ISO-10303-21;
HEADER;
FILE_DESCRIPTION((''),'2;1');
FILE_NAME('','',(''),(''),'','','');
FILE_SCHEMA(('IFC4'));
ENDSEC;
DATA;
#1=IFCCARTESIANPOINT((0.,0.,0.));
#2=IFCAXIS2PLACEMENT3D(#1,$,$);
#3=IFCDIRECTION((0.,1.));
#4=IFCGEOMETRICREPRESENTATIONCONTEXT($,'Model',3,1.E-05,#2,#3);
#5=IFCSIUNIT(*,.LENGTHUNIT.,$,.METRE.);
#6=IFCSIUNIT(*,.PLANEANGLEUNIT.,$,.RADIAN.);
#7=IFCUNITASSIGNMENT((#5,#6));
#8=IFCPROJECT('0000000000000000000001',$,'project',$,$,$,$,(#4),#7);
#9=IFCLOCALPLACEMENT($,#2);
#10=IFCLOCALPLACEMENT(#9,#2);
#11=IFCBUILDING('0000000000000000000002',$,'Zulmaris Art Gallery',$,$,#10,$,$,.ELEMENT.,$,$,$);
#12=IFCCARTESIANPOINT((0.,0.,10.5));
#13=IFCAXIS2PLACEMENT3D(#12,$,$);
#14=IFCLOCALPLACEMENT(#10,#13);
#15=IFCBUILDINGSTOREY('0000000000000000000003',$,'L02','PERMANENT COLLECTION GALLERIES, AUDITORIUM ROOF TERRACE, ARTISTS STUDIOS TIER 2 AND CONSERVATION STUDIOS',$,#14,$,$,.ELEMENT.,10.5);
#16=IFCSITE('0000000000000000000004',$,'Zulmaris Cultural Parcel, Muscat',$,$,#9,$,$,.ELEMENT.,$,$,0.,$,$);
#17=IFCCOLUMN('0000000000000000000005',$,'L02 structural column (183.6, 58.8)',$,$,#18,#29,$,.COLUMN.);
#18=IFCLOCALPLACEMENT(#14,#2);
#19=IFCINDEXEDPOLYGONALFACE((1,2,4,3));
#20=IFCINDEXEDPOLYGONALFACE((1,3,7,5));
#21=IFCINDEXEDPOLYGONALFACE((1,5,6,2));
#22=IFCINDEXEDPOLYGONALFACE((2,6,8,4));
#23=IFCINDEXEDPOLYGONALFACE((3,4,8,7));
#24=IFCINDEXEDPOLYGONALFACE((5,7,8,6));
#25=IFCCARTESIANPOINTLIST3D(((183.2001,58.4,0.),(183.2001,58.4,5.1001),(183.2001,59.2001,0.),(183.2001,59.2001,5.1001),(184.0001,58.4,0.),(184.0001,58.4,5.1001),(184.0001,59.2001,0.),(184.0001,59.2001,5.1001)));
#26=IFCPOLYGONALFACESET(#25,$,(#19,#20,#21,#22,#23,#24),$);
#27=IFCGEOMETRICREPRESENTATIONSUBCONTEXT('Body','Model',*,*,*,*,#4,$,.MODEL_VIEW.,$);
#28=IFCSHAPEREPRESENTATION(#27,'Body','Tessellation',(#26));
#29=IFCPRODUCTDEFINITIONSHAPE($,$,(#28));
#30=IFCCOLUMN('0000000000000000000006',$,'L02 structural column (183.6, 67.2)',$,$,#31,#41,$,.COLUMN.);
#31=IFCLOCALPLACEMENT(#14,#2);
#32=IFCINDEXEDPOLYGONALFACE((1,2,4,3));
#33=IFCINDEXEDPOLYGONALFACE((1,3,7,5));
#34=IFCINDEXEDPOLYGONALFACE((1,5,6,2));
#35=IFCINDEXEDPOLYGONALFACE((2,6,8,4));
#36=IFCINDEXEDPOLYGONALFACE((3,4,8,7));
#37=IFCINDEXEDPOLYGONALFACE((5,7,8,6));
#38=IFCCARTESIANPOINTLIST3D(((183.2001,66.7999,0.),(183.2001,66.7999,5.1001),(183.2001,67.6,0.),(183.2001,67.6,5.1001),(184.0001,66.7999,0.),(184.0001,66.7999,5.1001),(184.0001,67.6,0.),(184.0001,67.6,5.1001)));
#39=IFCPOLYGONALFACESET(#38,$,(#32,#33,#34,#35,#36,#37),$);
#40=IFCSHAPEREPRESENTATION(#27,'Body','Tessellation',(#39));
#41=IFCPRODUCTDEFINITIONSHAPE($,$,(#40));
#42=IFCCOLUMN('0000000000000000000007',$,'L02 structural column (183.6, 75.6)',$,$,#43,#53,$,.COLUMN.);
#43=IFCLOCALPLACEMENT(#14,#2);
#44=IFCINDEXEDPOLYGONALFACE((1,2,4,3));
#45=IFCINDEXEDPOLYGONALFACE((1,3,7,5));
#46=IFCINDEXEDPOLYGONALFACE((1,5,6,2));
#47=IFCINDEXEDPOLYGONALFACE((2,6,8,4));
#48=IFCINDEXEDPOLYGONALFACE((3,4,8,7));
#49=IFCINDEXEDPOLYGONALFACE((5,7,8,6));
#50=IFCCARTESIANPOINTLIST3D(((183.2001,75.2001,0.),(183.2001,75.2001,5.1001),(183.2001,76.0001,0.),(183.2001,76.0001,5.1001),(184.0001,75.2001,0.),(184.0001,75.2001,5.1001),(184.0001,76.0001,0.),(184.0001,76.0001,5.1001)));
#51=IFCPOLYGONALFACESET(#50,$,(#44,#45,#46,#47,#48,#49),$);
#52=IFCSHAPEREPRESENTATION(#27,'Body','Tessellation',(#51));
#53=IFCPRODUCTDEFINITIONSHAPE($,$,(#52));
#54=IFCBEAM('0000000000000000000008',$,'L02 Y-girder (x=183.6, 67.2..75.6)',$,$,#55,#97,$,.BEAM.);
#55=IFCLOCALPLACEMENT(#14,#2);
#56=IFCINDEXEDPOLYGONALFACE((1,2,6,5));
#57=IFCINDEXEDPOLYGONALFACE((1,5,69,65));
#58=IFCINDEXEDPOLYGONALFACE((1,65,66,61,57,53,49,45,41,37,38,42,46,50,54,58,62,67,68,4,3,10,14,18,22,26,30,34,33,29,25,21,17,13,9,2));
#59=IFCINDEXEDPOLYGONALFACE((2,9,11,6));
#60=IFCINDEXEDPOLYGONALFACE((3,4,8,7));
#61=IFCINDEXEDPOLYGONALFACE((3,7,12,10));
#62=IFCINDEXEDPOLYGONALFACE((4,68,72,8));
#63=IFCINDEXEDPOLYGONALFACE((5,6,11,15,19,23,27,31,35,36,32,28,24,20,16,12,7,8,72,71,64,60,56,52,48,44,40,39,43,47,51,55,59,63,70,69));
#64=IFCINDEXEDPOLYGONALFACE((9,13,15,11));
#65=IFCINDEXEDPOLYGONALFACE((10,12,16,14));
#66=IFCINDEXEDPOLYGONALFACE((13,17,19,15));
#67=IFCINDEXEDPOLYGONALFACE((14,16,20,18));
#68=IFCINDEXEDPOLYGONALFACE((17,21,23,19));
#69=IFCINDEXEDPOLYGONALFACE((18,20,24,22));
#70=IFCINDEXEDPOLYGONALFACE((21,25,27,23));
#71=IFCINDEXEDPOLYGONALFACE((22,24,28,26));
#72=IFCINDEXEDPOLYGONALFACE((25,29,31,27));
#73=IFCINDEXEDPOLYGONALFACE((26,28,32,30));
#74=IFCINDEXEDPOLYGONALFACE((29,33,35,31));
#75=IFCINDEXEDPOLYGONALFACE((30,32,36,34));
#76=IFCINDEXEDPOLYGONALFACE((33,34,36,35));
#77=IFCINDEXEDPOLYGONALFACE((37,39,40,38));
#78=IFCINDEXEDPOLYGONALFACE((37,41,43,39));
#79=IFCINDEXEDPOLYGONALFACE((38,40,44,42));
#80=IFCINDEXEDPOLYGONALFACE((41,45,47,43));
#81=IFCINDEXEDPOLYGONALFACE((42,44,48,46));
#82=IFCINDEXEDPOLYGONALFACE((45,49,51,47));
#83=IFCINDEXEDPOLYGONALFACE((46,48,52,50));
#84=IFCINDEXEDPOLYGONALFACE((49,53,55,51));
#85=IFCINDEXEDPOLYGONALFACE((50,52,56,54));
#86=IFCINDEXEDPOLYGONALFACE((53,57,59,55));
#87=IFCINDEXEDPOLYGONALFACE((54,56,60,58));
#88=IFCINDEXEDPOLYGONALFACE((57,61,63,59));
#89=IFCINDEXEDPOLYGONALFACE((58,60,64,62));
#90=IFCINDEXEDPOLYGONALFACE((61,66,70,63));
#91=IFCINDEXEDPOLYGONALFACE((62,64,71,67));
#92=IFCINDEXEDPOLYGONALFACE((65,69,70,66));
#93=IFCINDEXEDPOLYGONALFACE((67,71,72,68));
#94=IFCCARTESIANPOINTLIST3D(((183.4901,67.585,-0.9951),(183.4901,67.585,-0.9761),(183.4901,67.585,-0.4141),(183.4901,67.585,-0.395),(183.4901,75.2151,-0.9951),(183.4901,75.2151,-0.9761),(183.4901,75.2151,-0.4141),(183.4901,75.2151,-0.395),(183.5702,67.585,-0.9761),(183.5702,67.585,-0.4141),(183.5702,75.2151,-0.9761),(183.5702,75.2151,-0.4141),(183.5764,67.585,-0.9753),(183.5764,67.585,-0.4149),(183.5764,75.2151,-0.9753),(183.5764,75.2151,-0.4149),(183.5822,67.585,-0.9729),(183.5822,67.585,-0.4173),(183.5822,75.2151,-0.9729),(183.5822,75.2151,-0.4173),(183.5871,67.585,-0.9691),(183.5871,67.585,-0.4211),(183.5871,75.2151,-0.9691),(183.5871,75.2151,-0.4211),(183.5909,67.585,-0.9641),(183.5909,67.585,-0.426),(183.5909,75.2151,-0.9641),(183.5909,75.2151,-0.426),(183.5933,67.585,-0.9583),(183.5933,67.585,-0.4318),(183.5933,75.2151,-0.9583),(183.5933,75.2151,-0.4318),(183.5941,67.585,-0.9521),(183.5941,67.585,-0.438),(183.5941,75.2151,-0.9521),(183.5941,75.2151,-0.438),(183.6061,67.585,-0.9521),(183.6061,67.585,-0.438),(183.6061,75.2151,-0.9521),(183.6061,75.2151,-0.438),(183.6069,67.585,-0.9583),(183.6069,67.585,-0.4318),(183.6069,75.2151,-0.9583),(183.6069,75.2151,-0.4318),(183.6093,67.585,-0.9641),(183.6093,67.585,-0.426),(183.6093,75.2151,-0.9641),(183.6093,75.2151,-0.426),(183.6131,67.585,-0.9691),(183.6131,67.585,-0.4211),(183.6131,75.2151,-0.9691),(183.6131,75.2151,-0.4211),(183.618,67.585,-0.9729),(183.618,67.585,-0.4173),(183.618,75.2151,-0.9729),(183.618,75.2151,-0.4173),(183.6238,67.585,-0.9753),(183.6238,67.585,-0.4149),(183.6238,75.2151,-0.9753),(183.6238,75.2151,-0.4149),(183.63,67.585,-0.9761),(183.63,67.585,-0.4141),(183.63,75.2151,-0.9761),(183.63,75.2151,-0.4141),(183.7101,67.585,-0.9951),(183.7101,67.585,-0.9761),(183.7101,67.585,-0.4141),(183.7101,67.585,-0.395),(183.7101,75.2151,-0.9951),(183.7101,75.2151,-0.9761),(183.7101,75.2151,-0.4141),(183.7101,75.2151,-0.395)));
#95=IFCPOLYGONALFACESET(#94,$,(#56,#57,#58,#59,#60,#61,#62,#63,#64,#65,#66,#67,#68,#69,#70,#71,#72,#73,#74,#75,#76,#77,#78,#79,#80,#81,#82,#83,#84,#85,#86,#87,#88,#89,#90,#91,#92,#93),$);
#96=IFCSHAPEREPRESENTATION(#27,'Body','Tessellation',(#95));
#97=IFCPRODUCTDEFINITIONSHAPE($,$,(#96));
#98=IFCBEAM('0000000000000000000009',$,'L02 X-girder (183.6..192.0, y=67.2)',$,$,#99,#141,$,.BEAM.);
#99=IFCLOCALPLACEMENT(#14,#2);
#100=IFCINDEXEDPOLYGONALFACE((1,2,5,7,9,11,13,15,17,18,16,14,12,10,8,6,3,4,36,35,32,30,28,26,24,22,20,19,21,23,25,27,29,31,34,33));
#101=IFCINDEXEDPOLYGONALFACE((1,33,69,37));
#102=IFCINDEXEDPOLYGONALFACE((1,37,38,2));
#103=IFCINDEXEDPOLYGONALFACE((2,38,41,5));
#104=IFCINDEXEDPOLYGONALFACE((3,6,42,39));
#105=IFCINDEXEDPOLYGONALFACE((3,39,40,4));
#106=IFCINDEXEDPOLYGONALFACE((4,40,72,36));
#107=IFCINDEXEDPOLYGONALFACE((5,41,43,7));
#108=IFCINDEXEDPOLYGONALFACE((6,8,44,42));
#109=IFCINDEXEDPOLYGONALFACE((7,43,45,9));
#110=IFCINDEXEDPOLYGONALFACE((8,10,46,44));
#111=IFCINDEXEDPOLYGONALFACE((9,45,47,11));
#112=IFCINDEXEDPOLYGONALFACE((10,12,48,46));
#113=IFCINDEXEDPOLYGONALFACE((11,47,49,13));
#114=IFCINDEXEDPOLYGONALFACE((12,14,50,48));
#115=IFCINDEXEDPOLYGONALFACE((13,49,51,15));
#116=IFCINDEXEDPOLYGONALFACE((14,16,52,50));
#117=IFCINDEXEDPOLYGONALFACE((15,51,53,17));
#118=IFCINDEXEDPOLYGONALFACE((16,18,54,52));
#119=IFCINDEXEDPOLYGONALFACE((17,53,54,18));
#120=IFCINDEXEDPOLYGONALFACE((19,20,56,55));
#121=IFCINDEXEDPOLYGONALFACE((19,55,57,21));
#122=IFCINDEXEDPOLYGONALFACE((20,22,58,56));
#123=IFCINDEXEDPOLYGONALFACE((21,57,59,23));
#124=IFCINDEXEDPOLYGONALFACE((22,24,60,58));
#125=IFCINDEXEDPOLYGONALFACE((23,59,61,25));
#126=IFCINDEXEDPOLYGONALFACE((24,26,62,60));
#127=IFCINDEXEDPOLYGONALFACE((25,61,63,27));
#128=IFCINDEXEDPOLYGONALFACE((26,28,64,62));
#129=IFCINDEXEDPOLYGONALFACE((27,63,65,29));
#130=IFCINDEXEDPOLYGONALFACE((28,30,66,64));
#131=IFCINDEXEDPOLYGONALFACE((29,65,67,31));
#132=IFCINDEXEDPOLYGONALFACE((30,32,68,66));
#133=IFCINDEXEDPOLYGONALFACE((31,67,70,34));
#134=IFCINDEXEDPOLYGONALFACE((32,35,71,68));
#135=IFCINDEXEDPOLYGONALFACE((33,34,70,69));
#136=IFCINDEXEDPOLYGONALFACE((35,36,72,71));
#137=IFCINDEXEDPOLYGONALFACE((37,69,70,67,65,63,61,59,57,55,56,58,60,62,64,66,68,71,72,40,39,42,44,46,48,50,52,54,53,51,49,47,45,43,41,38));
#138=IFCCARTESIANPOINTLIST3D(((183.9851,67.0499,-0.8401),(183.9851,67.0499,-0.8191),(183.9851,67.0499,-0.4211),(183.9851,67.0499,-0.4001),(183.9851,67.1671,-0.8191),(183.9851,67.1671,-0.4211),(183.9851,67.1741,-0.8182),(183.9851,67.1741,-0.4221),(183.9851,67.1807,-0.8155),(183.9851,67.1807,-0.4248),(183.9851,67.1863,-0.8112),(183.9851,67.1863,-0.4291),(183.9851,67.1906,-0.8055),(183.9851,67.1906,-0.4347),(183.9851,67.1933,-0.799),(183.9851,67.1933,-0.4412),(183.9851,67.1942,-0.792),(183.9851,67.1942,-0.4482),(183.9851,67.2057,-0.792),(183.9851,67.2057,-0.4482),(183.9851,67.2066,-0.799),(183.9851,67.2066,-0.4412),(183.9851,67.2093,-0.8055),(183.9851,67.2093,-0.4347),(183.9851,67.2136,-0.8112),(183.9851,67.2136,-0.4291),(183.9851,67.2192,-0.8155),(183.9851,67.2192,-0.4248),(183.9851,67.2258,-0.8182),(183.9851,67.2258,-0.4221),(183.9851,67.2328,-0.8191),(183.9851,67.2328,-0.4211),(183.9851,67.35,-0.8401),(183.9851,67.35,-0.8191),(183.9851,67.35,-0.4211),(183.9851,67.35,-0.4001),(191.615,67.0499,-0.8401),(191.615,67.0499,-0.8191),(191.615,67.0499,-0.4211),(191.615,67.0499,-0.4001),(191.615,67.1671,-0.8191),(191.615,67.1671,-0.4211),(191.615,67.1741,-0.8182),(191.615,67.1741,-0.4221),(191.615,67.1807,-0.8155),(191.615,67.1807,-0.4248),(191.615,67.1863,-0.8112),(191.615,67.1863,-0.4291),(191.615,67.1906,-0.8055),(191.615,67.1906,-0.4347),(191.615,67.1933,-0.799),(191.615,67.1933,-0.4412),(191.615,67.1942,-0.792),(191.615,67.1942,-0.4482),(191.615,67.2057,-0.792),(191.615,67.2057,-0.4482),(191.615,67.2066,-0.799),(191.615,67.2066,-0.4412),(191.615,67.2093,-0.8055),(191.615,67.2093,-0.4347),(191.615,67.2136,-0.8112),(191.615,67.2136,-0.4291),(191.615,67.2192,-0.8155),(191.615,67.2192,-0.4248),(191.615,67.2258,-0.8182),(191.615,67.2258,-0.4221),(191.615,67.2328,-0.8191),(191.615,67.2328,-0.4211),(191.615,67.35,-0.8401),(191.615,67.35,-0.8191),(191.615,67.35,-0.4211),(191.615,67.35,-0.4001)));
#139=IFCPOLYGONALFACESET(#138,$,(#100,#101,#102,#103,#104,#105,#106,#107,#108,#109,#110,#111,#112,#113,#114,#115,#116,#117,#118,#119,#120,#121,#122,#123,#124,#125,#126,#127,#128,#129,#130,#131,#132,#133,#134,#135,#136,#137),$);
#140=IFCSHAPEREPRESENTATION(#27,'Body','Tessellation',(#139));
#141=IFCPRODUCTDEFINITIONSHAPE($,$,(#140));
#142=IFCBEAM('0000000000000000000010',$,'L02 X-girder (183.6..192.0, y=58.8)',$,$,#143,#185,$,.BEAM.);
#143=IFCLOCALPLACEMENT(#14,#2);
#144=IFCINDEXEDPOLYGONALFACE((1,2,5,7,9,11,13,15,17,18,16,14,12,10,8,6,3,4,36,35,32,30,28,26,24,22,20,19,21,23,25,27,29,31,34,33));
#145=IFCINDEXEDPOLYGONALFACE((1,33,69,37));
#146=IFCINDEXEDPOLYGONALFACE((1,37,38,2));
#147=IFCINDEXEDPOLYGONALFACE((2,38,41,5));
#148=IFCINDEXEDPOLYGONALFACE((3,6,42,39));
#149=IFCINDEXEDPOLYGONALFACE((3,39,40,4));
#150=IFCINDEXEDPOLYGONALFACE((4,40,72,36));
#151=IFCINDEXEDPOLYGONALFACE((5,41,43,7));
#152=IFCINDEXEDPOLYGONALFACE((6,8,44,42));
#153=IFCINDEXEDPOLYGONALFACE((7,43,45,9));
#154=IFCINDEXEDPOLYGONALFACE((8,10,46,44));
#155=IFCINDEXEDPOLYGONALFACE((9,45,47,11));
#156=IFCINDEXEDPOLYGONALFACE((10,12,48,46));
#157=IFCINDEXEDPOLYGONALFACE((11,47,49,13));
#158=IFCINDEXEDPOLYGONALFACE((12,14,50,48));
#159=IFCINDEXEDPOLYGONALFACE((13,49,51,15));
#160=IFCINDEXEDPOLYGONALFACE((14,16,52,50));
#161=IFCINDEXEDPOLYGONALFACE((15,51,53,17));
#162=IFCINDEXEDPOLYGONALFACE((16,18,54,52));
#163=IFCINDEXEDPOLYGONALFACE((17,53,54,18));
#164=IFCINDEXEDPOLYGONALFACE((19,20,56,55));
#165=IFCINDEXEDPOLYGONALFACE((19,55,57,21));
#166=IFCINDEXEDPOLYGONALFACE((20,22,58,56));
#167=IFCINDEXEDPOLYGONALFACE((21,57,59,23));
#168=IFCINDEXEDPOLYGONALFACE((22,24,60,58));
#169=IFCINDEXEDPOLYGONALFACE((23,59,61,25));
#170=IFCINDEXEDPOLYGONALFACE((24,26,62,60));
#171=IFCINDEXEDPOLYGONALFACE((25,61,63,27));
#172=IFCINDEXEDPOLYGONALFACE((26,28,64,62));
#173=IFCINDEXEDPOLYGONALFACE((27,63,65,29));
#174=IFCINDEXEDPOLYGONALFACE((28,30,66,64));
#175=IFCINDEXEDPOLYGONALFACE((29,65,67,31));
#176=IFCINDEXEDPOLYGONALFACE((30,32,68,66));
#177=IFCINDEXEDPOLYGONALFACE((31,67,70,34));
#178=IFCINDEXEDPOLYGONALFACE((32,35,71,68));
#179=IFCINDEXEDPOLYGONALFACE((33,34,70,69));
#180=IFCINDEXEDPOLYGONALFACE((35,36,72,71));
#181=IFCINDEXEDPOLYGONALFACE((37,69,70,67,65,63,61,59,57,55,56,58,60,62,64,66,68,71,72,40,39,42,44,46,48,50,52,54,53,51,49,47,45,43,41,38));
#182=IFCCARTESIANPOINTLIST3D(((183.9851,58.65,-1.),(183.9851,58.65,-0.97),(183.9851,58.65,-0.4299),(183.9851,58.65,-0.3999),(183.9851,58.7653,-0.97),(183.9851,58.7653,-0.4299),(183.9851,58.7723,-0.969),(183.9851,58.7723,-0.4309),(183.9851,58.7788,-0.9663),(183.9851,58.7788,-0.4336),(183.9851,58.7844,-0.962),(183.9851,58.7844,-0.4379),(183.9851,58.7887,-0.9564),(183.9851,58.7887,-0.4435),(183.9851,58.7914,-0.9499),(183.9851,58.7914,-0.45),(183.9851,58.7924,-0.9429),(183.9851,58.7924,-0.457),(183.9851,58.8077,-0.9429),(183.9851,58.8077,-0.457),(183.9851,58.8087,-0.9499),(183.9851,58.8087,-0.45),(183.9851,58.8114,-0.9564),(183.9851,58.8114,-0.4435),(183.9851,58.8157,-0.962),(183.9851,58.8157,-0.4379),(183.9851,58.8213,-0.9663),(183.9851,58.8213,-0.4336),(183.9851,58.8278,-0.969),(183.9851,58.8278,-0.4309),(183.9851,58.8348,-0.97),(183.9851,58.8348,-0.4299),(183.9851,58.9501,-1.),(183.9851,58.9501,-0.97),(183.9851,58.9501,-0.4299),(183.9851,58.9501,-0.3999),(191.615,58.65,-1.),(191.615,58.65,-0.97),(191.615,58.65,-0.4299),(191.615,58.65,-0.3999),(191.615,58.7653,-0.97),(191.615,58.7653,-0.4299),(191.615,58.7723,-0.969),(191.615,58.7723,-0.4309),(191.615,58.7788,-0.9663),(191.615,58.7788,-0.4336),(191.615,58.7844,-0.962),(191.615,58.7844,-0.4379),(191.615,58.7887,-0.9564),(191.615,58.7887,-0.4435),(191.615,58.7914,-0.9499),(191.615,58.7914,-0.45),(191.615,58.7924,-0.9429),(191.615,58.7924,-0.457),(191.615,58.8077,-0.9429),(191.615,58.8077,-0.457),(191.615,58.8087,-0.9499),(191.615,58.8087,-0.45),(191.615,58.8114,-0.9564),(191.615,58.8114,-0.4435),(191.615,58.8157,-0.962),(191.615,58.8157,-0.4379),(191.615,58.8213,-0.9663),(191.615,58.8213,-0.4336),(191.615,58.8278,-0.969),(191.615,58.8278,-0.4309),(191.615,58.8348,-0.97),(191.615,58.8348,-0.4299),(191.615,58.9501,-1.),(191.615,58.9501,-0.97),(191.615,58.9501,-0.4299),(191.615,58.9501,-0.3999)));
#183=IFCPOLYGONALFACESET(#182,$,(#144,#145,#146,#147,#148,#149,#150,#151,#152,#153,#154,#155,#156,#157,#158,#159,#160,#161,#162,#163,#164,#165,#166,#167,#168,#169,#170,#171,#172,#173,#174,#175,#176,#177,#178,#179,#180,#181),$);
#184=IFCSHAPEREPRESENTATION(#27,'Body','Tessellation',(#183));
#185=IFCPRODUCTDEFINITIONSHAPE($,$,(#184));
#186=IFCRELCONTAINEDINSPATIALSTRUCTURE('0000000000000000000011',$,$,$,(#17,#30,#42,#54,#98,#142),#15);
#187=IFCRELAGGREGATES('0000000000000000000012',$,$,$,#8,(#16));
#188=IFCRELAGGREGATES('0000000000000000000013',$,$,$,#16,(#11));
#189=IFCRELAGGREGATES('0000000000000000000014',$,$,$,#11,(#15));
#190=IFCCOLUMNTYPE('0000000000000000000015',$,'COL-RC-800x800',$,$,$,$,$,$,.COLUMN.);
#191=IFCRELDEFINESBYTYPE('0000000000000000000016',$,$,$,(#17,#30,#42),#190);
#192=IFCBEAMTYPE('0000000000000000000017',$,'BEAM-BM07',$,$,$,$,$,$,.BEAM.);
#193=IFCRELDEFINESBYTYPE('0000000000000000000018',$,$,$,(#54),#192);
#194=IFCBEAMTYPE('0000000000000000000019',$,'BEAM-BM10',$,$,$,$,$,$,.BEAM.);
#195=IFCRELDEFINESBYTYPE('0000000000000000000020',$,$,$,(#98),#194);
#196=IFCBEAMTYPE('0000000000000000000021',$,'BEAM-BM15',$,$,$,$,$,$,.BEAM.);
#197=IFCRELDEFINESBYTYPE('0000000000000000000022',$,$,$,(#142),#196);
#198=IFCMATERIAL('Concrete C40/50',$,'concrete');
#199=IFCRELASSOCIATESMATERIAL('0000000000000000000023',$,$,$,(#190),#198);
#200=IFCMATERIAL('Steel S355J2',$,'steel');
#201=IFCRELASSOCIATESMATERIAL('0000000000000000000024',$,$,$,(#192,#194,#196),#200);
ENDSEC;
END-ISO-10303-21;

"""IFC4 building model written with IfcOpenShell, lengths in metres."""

from ifc_helpers import new_model, si_unit, direction, frame, origin, origin_2d, place, context, subcontext, project, spatial, rectangle, i_section, extrude, material, material_profile, profile_set, type_object, element, save


model = new_model("IFC4")

# Units and contexts
model_context = context("Model", 3, precision=1e-05, world=origin(), true_north=direction((0.0, 1.0)))
body_context = subcontext(model_context, "Body", "Model", "MODEL_VIEW")
ifc_project = project(units=[si_unit("LENGTHUNIT", "METRE"), si_unit("PLANEANGLEUNIT", "RADIAN")], contexts=[model_context])

# Site, building, storey
site_placement = place(None, origin())
site = spatial("IfcSite", under=ifc_project, at=site_placement, Name="Zulmaris Cultural Parcel, Muscat", CompositionType="ELEMENT", RefElevation=0.0)
building_placement = place(site_placement, origin())
building = spatial("IfcBuilding", under=site, at=building_placement, Name="Zulmaris Art Gallery", CompositionType="ELEMENT")
storey_placement = place(building_placement, frame((0.0, 0.0, 10.5)))
storey = spatial("IfcBuildingStorey", under=building, at=storey_placement, Name="L02", Description="PERMANENT COLLECTION GALLERIES, AUDITORIUM ROOF TERRACE, ARTISTS STUDIOS TIER 2 AND CONSERVATION STUDIOS", CompositionType="ELEMENT", Elevation=10.5)

# Columns
ifc_material_1 = material(Name="Concrete C40/50", Category="concrete")
ifc_material_profile_1 = material_profile(ifc_material_1, rectangle(XDim=0.8, YDim=0.8, at=origin_2d()), Name="RC 800x800")
ifc_profile_set_1 = profile_set([ifc_material_profile_1], Name="Concrete C40/50")
column_type = type_object("IfcColumnType", Name="COL-RC-800x800", PredefinedType="COLUMN", material=ifc_profile_set_1)
for number, where, z_axis, x_axis, name in (
    (1, (183.6001, 58.8, 0.0), (0.0, 0.0, 1.0), (1.0, 0.0, 0.0), "L02 structural column (183.6, 58.8)"),
    (2, (183.6001, 67.2, 0.0), (0.0, 0.0, 1.0), (1.0, 0.0, 0.0), "L02 structural column (183.6, 67.2)"),
    (3, (183.6001, 75.6001, 0.0), (0.0, 0.0, 1.0), (1.0, 0.0, 0.0), "L02 structural column (183.6, 75.6)"),
):
    element("IfcColumn", number, at=place(storey_placement, frame(where, z_axis=z_axis, x_axis=x_axis)), inside=storey, type_object=column_type, Name=name, PredefinedType="COLUMN", context=body_context, shape_type="SweptSolid", body=[
        extrude(rectangle(XDim=0.8, YDim=0.8, at=origin_2d()), origin(), (0.0, 0.0, 1.0), 5.1001),
    ])

# Beams
ifc_material_2 = material(Name="Steel S355J2", Category="steel")
ifc_material_profile_2 = material_profile(ifc_material_2, i_section(OverallWidth=0.22, OverallDepth=0.6001, WebThickness=0.012, FlangeThickness=0.019, FilletRadius=0.0239, at=origin_2d()), Name="IPE 600")
ifc_profile_set_2 = profile_set([ifc_material_profile_2], Name="Steel S355J2")
beam_type_1 = type_object("IfcBeamType", Name="BEAM-BM07", PredefinedType="BEAM", material=ifc_profile_set_2)
beam_1_placement = place(storey_placement, frame((183.6001, 67.585, -0.6951), z_axis=(0.0, 1.0, 0.0), x_axis=(-1.0, 0.0, 0.0)))
element("IfcBeam", 4, at=beam_1_placement, inside=storey, type_object=beam_type_1, Name="L02 Y-girder (x=183.6, 67.2..75.6)", PredefinedType="BEAM", context=body_context, shape_type="SweptSolid", body=[
    extrude(i_section(OverallWidth=0.22, OverallDepth=0.6001, WebThickness=0.012, FlangeThickness=0.019, FilletRadius=0.0239, at=origin_2d()), origin(), (0.0, 0.0, 1.0), 7.6301),
])
ifc_material_profile_3 = material_profile(ifc_material_2, i_section(OverallWidth=0.3, OverallDepth=0.4399, WebThickness=0.0115, FlangeThickness=0.021, FilletRadius=0.0271, at=origin_2d()), Name="HEA 450")
ifc_profile_set_3 = profile_set([ifc_material_profile_3], Name="Steel S355J2")
beam_type_2 = type_object("IfcBeamType", Name="BEAM-BM10", PredefinedType="BEAM", material=ifc_profile_set_3)
beam_2_placement = place(storey_placement, frame((183.9851, 67.2, -0.6201), z_axis=(1.0, 0.0, 0.0), x_axis=(0.0, 1.0, 0.0)))
element("IfcBeam", 5, at=beam_2_placement, inside=storey, type_object=beam_type_2, Name="L02 X-girder (183.6..192.0, y=67.2)", PredefinedType="BEAM", context=body_context, shape_type="SweptSolid", body=[
    extrude(i_section(OverallWidth=0.3, OverallDepth=0.4399, WebThickness=0.0115, FlangeThickness=0.021, FilletRadius=0.0271, at=origin_2d()), origin(), (0.0, 0.0, 1.0), 7.6299),
])
ifc_material_profile_4 = material_profile(ifc_material_2, i_section(OverallWidth=0.3, OverallDepth=0.6001, WebThickness=0.0154, FlangeThickness=0.03, FilletRadius=0.0271, at=origin_2d()), Name="HEB 600")
ifc_profile_set_4 = profile_set([ifc_material_profile_4], Name="Steel S355J2")
beam_type_3 = type_object("IfcBeamType", Name="BEAM-BM15", PredefinedType="BEAM", material=ifc_profile_set_4)
beam_3_placement = place(storey_placement, frame((183.9851, 58.8, -0.7), z_axis=(1.0, 0.0, 0.0), x_axis=(0.0, 1.0, 0.0)))
element("IfcBeam", 6, at=beam_3_placement, inside=storey, type_object=beam_type_3, Name="L02 X-girder (183.6..192.0, y=58.8)", PredefinedType="BEAM", context=body_context, shape_type="SweptSolid", body=[
    extrude(i_section(OverallWidth=0.3, OverallDepth=0.6001, WebThickness=0.0154, FlangeThickness=0.03, FilletRadius=0.0271, at=origin_2d()), origin(), (0.0, 0.0, 1.0), 7.6299),
])

save(model, "model.ifc")
